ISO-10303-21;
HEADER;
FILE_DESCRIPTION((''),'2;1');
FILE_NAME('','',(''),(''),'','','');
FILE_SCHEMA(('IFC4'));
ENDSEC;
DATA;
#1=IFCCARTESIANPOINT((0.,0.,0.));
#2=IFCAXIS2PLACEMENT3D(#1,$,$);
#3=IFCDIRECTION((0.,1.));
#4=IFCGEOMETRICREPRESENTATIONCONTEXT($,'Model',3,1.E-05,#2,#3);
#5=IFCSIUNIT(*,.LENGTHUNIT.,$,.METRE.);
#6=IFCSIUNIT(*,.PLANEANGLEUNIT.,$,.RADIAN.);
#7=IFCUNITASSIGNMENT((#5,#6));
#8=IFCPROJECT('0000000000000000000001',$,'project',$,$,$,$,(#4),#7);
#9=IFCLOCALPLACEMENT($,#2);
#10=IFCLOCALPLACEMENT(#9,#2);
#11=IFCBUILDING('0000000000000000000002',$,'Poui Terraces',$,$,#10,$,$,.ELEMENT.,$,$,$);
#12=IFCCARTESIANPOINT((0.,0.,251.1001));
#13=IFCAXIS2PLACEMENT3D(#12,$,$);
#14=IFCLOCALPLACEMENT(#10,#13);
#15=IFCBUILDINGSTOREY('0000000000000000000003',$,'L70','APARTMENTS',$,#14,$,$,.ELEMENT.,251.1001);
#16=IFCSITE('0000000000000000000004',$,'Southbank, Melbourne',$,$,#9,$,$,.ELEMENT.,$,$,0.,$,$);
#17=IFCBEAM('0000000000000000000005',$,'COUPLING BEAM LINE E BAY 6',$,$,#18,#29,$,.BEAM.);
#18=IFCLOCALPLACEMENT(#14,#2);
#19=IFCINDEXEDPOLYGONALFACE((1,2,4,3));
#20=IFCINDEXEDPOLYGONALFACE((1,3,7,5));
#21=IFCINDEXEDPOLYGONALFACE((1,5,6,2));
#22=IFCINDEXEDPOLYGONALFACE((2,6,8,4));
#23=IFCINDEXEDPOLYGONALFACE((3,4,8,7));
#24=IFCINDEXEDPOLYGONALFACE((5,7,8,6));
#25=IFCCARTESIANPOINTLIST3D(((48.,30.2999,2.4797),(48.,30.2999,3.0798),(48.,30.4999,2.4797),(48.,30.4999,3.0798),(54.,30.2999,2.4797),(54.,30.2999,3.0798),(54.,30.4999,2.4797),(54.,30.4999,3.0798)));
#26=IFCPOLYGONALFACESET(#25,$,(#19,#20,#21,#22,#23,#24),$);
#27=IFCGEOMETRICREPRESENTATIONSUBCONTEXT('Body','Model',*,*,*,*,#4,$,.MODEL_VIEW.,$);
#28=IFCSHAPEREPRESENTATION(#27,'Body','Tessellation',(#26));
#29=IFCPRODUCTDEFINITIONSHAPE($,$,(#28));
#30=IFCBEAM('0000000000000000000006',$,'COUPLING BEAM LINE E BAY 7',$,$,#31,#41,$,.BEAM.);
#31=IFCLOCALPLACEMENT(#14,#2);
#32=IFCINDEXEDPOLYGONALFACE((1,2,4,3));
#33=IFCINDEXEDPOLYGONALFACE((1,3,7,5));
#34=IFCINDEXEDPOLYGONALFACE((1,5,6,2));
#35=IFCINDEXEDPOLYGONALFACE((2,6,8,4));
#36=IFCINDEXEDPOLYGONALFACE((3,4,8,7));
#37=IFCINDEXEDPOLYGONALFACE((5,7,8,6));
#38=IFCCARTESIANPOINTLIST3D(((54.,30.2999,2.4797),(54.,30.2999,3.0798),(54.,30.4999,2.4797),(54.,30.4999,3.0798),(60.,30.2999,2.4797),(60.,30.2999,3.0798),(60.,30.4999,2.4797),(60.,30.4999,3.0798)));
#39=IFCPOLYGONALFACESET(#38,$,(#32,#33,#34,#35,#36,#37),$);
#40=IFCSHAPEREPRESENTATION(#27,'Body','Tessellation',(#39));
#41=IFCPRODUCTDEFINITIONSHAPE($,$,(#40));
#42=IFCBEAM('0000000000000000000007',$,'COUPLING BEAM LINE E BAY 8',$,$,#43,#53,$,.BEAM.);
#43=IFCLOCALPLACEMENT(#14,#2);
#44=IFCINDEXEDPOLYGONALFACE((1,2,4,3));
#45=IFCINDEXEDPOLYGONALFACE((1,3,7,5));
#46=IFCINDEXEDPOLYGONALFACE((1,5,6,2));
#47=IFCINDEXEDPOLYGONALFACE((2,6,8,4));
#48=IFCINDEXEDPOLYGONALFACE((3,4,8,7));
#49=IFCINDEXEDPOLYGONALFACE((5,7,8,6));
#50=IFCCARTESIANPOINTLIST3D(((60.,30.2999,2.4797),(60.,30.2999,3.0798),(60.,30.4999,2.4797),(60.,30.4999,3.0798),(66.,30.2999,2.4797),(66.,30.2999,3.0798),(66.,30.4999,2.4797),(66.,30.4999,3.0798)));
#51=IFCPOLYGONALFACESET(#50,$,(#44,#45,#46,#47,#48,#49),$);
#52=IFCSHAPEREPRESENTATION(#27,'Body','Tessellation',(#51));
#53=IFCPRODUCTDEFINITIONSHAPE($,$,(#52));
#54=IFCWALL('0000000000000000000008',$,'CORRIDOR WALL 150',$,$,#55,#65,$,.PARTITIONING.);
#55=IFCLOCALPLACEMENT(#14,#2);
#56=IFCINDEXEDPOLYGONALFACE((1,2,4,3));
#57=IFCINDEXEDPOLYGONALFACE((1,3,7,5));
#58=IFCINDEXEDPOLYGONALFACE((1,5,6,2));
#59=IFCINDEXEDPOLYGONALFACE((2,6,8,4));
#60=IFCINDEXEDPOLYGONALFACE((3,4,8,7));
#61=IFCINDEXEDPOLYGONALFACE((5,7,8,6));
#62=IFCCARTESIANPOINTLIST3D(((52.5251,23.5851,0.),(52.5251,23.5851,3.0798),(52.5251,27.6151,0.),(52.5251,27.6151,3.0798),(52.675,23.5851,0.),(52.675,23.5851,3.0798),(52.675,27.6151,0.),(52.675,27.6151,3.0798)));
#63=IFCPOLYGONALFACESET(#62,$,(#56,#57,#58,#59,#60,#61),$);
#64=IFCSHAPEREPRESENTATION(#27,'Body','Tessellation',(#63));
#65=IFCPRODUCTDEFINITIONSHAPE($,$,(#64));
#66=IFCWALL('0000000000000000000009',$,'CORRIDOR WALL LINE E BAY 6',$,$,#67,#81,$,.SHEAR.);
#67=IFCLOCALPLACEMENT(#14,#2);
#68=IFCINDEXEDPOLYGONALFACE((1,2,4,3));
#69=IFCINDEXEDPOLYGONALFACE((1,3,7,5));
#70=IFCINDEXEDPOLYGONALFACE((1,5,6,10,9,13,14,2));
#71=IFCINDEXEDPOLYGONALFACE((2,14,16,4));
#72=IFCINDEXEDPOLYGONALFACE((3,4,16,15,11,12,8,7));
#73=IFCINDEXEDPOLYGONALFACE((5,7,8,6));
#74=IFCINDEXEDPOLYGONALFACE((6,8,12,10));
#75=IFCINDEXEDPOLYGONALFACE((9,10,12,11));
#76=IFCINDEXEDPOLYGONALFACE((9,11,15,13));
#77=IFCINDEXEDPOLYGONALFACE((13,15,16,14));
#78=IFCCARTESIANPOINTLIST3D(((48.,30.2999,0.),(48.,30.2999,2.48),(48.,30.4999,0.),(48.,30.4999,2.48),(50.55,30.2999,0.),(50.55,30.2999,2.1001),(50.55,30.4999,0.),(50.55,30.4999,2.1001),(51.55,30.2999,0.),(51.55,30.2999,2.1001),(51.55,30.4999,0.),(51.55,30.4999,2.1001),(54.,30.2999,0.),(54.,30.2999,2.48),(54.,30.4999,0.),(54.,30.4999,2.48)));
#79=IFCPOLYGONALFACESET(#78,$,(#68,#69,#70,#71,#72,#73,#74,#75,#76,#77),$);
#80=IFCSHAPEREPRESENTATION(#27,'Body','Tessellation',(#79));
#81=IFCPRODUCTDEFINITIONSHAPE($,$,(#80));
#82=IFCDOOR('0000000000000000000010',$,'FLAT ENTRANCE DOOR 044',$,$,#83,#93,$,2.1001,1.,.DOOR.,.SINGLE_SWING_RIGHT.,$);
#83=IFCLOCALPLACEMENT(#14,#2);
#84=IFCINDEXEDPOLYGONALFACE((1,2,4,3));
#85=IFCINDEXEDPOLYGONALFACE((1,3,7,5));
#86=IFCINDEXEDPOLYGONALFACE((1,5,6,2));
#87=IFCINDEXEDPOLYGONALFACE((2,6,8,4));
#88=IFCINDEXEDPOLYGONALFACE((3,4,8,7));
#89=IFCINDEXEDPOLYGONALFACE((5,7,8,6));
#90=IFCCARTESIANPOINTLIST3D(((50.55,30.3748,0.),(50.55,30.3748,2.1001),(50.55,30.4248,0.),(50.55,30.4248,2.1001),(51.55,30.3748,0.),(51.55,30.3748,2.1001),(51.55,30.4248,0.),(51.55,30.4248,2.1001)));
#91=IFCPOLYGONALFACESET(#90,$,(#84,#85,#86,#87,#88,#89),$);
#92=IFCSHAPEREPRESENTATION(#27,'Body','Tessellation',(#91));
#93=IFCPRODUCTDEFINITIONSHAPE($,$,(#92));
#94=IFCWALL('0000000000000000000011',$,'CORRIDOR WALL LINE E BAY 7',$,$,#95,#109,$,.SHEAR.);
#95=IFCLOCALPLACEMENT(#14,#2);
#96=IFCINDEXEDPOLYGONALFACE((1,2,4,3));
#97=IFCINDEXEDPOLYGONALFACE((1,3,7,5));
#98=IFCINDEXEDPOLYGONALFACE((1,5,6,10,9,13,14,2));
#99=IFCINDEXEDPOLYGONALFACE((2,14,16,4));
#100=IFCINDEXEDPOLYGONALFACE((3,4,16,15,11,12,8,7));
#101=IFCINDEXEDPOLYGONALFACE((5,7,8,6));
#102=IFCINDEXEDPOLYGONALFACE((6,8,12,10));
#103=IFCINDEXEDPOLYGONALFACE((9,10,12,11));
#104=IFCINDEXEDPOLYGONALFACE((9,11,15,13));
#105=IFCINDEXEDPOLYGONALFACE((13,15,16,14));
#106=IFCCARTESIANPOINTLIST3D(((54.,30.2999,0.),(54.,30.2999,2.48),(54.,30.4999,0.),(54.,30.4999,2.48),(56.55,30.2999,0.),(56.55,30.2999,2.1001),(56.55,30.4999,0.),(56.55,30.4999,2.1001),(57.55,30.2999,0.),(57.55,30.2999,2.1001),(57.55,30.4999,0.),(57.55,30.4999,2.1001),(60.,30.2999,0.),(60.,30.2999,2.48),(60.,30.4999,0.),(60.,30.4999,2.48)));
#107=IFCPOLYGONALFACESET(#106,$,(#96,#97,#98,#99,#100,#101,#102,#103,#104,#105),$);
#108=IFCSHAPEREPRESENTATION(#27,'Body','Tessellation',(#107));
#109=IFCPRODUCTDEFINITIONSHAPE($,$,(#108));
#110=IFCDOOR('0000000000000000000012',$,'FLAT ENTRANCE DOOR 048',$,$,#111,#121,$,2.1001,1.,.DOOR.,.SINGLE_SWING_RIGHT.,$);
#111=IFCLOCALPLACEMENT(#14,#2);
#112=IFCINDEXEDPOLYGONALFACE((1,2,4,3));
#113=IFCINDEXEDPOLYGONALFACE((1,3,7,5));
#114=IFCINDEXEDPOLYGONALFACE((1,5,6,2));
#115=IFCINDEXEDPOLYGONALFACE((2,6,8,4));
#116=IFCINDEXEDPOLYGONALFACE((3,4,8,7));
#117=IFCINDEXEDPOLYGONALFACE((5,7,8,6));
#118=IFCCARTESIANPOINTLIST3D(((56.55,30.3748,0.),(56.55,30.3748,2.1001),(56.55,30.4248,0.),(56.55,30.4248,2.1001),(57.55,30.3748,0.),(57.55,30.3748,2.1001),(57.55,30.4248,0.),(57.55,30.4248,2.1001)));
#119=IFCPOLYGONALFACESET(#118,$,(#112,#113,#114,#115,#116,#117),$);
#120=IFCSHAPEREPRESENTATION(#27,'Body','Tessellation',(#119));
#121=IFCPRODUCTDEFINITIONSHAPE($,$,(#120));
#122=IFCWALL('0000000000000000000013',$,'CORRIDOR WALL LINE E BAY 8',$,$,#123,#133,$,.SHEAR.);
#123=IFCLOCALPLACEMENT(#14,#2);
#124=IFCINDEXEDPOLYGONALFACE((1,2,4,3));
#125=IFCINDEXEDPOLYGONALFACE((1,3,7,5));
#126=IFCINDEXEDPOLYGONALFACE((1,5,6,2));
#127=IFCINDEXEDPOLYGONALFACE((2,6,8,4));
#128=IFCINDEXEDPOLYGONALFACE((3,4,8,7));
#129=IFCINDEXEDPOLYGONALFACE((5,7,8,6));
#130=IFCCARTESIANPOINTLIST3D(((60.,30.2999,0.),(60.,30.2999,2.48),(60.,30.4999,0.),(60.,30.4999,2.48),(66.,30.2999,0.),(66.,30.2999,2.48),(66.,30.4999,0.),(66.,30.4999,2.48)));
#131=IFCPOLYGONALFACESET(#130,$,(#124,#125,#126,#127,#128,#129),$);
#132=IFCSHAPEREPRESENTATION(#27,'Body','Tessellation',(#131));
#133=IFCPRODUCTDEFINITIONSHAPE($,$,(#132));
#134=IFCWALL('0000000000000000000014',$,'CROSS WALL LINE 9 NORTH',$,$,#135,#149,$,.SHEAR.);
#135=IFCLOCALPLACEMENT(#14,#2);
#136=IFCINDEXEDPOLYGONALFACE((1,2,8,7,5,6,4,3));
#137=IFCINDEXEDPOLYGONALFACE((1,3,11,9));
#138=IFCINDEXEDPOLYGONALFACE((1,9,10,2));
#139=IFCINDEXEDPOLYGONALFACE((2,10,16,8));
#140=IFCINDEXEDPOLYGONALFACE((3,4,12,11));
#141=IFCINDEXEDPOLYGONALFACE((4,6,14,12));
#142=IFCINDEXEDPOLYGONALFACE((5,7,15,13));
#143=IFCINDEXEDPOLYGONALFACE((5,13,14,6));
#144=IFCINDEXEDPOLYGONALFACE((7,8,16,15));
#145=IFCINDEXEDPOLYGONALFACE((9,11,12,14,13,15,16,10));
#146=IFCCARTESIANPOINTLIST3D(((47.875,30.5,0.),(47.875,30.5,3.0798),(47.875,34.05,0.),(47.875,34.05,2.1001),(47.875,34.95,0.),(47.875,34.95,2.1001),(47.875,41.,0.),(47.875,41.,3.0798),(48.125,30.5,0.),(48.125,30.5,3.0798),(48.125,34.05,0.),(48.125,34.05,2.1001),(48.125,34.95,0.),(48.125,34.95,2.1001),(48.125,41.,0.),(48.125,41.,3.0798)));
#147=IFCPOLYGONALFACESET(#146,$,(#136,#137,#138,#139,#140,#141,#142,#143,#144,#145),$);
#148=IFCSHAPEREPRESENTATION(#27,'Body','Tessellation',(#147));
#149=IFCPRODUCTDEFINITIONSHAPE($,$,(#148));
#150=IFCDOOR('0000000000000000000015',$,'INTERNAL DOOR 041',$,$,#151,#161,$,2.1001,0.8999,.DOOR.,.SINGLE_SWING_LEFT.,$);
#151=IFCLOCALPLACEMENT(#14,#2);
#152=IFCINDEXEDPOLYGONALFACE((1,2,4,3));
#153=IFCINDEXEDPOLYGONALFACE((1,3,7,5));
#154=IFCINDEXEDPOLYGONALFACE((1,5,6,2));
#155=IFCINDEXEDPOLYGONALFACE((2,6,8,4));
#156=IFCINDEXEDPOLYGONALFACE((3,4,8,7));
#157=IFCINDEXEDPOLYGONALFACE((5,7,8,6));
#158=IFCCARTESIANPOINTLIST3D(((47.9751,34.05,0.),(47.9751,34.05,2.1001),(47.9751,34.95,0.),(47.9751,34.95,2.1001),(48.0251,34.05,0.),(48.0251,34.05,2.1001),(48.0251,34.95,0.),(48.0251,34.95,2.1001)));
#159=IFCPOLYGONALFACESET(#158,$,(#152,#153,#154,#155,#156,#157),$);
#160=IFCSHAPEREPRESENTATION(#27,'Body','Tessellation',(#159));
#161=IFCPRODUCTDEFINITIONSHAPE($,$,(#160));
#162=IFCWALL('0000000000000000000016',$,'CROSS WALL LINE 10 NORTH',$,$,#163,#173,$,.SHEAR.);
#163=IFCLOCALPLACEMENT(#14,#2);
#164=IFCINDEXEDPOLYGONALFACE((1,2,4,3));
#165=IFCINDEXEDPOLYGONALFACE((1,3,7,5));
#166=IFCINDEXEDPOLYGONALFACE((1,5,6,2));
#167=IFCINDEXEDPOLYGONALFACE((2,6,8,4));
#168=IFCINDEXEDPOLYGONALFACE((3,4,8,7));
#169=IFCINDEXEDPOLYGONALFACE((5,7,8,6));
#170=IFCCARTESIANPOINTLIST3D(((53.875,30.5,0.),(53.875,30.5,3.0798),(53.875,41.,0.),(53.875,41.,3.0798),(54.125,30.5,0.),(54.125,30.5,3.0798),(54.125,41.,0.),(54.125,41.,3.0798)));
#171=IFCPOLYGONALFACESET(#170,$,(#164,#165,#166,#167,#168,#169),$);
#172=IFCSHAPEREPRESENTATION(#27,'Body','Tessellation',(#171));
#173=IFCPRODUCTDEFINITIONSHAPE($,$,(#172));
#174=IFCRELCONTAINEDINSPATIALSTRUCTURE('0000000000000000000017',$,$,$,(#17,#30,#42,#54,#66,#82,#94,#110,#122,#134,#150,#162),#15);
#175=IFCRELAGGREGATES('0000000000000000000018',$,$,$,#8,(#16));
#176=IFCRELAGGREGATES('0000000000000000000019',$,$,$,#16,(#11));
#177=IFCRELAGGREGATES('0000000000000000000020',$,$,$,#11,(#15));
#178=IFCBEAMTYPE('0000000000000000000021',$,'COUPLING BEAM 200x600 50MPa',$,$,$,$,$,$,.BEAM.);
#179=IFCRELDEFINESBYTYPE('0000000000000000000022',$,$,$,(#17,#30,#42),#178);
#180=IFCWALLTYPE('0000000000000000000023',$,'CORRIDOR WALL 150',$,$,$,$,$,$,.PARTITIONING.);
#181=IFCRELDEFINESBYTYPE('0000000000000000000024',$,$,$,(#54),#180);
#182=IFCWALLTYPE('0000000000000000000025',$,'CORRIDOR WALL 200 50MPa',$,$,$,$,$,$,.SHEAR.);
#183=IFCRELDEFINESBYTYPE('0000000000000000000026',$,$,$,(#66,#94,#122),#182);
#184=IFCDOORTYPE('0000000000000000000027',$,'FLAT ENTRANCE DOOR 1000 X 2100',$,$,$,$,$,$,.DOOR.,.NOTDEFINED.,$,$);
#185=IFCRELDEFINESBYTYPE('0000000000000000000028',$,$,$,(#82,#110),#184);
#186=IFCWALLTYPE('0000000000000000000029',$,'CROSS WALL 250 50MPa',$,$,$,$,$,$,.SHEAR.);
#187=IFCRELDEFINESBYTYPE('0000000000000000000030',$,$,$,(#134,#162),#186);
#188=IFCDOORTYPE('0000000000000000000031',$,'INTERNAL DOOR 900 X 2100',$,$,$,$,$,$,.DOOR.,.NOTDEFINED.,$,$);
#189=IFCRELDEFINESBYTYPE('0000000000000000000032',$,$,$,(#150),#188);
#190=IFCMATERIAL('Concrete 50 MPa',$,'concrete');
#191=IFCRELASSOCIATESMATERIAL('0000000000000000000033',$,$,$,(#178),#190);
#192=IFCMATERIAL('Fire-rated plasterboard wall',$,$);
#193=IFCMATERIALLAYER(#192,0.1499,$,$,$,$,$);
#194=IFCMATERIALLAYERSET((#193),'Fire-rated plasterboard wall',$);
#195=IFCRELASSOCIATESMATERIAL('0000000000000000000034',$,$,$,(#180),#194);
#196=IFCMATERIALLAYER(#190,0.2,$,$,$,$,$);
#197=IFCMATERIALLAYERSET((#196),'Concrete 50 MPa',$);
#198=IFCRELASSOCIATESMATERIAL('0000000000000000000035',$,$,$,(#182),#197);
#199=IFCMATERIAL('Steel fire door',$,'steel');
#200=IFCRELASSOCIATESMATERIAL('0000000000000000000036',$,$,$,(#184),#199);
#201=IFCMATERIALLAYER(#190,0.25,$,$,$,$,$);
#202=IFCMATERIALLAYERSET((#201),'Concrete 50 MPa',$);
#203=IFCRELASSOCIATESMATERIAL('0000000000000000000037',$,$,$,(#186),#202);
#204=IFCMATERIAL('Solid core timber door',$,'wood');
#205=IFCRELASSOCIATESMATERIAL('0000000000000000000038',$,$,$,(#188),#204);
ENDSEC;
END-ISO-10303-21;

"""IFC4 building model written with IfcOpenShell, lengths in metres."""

from ifc_helpers import new_model, si_unit, direction, frame, frame_2d, origin, origin_2d, place, context, subcontext, project, spatial, rectangle, extrude, source, transform, mapped, material, layer, layer_set, material_profile, profile_set, type_object, element, fill, save


model = new_model("IFC4")

# Units and contexts
model_context = context("Model", 3, precision=1e-05, world=origin(), true_north=direction((0.0, 1.0)))
body_context = subcontext(model_context, "Body", "Model", "MODEL_VIEW")
ifc_project = project(units=[si_unit("LENGTHUNIT", "METRE"), si_unit("PLANEANGLEUNIT", "RADIAN")], contexts=[model_context])

# Site, building, storey
site_placement = place(None, origin())
site = spatial("IfcSite", under=ifc_project, at=site_placement, Name="Southbank, Melbourne", CompositionType="ELEMENT", RefElevation=0.0)
building_placement = place(site_placement, origin())
building = spatial("IfcBuilding", under=site, at=building_placement, Name="Poui Terraces", CompositionType="ELEMENT")
storey_placement = place(building_placement, frame((0.0, 0.0, 251.1001)))
storey = spatial("IfcBuildingStorey", under=building, at=storey_placement, Name="L70", Description="APARTMENTS", CompositionType="ELEMENT", Elevation=251.1001)

# Beams
ifc_material_1 = material(Name="Concrete 50 MPa", Category="concrete")
ifc_material_profile = material_profile(ifc_material_1, rectangle(XDim=0.2, YDim=0.6001, at=origin_2d()), Name="RC 200x600")
ifc_profile_set = profile_set([ifc_material_profile], Name="Concrete 50 MPa")
beam_type = type_object("IfcBeamType", Name="COUPLING BEAM 200x600 50MPa", PredefinedType="BEAM", material=ifc_profile_set)
shared_shape = source(origin(), body_context, "Body", "SweptSolid", [
    extrude(rectangle(XDim=0.2, YDim=0.6001, at=origin_2d()), origin(), (0.0, 0.0, 1.0), 6.0),
])
for number, where, z_axis, x_axis, name in (
    (1, (48.0, 30.3999, 2.7798), (1.0, 0.0, 0.0), (0.0, 1.0, 0.0), "COUPLING BEAM LINE E BAY 6"),
    (2, (54.0, 30.3999, 2.7798), (1.0, 0.0, 0.0), (0.0, 1.0, 0.0), "COUPLING BEAM LINE E BAY 7"),
    (3, (60.0, 30.3999, 2.7798), (1.0, 0.0, 0.0), (0.0, 1.0, 0.0), "COUPLING BEAM LINE E BAY 8"),
):
    element("IfcBeam", number, at=place(storey_placement, frame(where, z_axis=z_axis, x_axis=x_axis)), inside=storey, type_object=beam_type, Name=name, PredefinedType="BEAM", context=body_context, shape_type="MappedRepresentation", body=[
        mapped(shared_shape, transform((0.0, 0.0, 0.0))),
    ])

# Wall
ifc_material_2 = material(Name="Fire-rated plasterboard wall")
ifc_layer_1 = layer(ifc_material_2, 0.1499)
ifc_layer_set_1 = layer_set([ifc_layer_1], Name="Fire-rated plasterboard wall")
wall_type_1 = type_object("IfcWallType", Name="CORRIDOR WALL 150", PredefinedType="PARTITIONING", material=ifc_layer_set_1)
wall_1_placement = place(storey_placement, frame((52.6001, 23.585, 0.0), z_axis=(0.0, 0.0, 1.0), x_axis=(0.0, 1.0, 0.0)))
element("IfcWall", 4, at=wall_1_placement, inside=storey, type_object=wall_type_1, Name="CORRIDOR WALL 150", PredefinedType="PARTITIONING", context=body_context, shape_type="SweptSolid", body=[
    extrude(rectangle(XDim=4.03, YDim=0.1499, at=frame_2d((2.0151, 0.0))), origin(), (0.0, 0.0, 1.0), 3.0798),
])

# Walls, openings, doors
ifc_layer_2 = layer(ifc_material_1, 0.2)
ifc_layer_set_2 = layer_set([ifc_layer_2], Name="Concrete 50 MPa")
wall_type_2 = type_object("IfcWallType", Name="CORRIDOR WALL 200 50MPa", PredefinedType="SHEAR", material=ifc_layer_set_2)
wall_2_placement = place(storey_placement, frame((48.0, 30.3999, 0.0), z_axis=(0.0, 0.0, 1.0), x_axis=(1.0, 0.0, 0.0)))
wall_2 = element("IfcWall", 5, at=wall_2_placement, inside=storey, type_object=wall_type_2, Name="CORRIDOR WALL LINE E BAY 6", PredefinedType="SHEAR", context=body_context, shape_type="SweptSolid", body=[
    extrude(rectangle(XDim=6.0, YDim=0.2, at=frame_2d((3.0, 0.0))), origin(), (0.0, 0.0, 1.0), 2.48),
])
opening_1_placement = place(wall_2_placement, frame((2.55, 0.0, 0.0)))
opening_1 = element("IfcOpeningElement", 6, at=opening_1_placement, cuts=wall_2, PredefinedType="OPENING", context=body_context, shape_type="SweptSolid", body=[
    extrude(rectangle(XDim=1.0, YDim=2.1001, at=frame_2d((0.5, 1.05))), frame((0.0, 0.1099, 0.0), z_axis=(0.0, -1.0, 0.0), x_axis=(1.0, 0.0, 0.0)), (0.0, 0.0, 1.0), 0.22),
])
ifc_material_3 = material(Name="Steel fire door", Category="steel")
door_type_1 = type_object("IfcDoorType", Name="FLAT ENTRANCE DOOR 1000 X 2100", OperationType="NOTDEFINED", PredefinedType="DOOR", material=ifc_material_3)
door_1_placement = place(opening_1_placement, origin())
door_1 = element("IfcDoor", 7, at=door_1_placement, inside=storey, type_object=door_type_1, Name="FLAT ENTRANCE DOOR 044", OperationType="SINGLE_SWING_RIGHT", OverallHeight=2.1001, OverallWidth=1.0, PredefinedType="DOOR", context=body_context, shape_type="SweptSolid", body=[
    extrude(rectangle(XDim=1.0, YDim=2.1001, at=frame_2d((0.5, 1.05))), frame((0.0, 0.0249, 0.0), z_axis=(0.0, -1.0, 0.0), x_axis=(1.0, 0.0, 0.0)), (0.0, 0.0, 1.0), 0.05),
])
fill(opening_1, door_1)
wall_3_placement = place(storey_placement, frame((54.0, 30.3999, 0.0), z_axis=(0.0, 0.0, 1.0), x_axis=(1.0, 0.0, 0.0)))
wall_3 = element("IfcWall", 8, at=wall_3_placement, inside=storey, type_object=wall_type_2, Name="CORRIDOR WALL LINE E BAY 7", PredefinedType="SHEAR", context=body_context, shape_type="SweptSolid", body=[
    extrude(rectangle(XDim=6.0, YDim=0.2, at=frame_2d((3.0, 0.0))), origin(), (0.0, 0.0, 1.0), 2.48),
])
opening_2_placement = place(wall_3_placement, frame((2.55, 0.0, 0.0)))
opening_2 = element("IfcOpeningElement", 9, at=opening_2_placement, cuts=wall_3, PredefinedType="OPENING", context=body_context, shape_type="SweptSolid", body=[
    extrude(rectangle(XDim=1.0, YDim=2.1001, at=frame_2d((0.5, 1.05))), frame((0.0, 0.1099, 0.0), z_axis=(0.0, -1.0, 0.0), x_axis=(1.0, 0.0, 0.0)), (0.0, 0.0, 1.0), 0.22),
])
door_2_placement = place(opening_2_placement, origin())
door_2 = element("IfcDoor", 10, at=door_2_placement, inside=storey, type_object=door_type_1, Name="FLAT ENTRANCE DOOR 048", OperationType="SINGLE_SWING_RIGHT", OverallHeight=2.1001, OverallWidth=1.0, PredefinedType="DOOR", context=body_context, shape_type="SweptSolid", body=[
    extrude(rectangle(XDim=1.0, YDim=2.1001, at=frame_2d((0.5, 1.05))), frame((0.0, 0.0249, 0.0), z_axis=(0.0, -1.0, 0.0), x_axis=(1.0, 0.0, 0.0)), (0.0, 0.0, 1.0), 0.05),
])
fill(opening_2, door_2)

# Wall
wall_4_placement = place(storey_placement, frame((60.0, 30.3999, 0.0), z_axis=(0.0, 0.0, 1.0), x_axis=(1.0, 0.0, 0.0)))
element("IfcWall", 11, at=wall_4_placement, inside=storey, type_object=wall_type_2, Name="CORRIDOR WALL LINE E BAY 8", PredefinedType="SHEAR", context=body_context, shape_type="SweptSolid", body=[
    extrude(rectangle(XDim=6.0, YDim=0.2, at=frame_2d((3.0, 0.0))), origin(), (0.0, 0.0, 1.0), 2.48),
])

# Wall, opening, door
ifc_layer_3 = layer(ifc_material_1, 0.25)
ifc_layer_set_3 = layer_set([ifc_layer_3], Name="Concrete 50 MPa")
wall_type_3 = type_object("IfcWallType", Name="CROSS WALL 250 50MPa", PredefinedType="SHEAR", material=ifc_layer_set_3)
wall_5_placement = place(storey_placement, frame((48.0, 30.5, 0.0), z_axis=(0.0, 0.0, 1.0), x_axis=(0.0, 1.0, 0.0)))
wall_5 = element("IfcWall", 12, at=wall_5_placement, inside=storey, type_object=wall_type_3, Name="CROSS WALL LINE 9 NORTH", PredefinedType="SHEAR", context=body_context, shape_type="SweptSolid", body=[
    extrude(rectangle(XDim=10.5, YDim=0.25, at=frame_2d((5.25, 0.0))), origin(), (0.0, 0.0, 1.0), 3.0798),
])
opening_3_placement = place(wall_5_placement, frame((3.55, 0.0, 0.0)))
opening_3 = element("IfcOpeningElement", 13, at=opening_3_placement, cuts=wall_5, PredefinedType="OPENING", context=body_context, shape_type="SweptSolid", body=[
    extrude(rectangle(XDim=0.8999, YDim=2.1001, at=frame_2d((0.45, 1.05))), frame((0.0, 0.135, 0.0), z_axis=(0.0, -1.0, 0.0), x_axis=(1.0, 0.0, 0.0)), (0.0, 0.0, 1.0), 0.27),
])
ifc_material_4 = material(Name="Solid core timber door", Category="wood")
door_type_2 = type_object("IfcDoorType", Name="INTERNAL DOOR 900 X 2100", OperationType="NOTDEFINED", PredefinedType="DOOR", material=ifc_material_4)
door_3_placement = place(opening_3_placement, origin())
door_3 = element("IfcDoor", 14, at=door_3_placement, inside=storey, type_object=door_type_2, Name="INTERNAL DOOR 041", OperationType="SINGLE_SWING_LEFT", OverallHeight=2.1001, OverallWidth=0.8999, PredefinedType="DOOR", context=body_context, shape_type="SweptSolid", body=[
    extrude(rectangle(XDim=0.8999, YDim=2.1001, at=frame_2d((0.45, 1.05))), frame((0.0, 0.0249, 0.0), z_axis=(0.0, -1.0, 0.0), x_axis=(1.0, 0.0, 0.0)), (0.0, 0.0, 1.0), 0.05),
])
fill(opening_3, door_3)

# Wall
wall_6_placement = place(storey_placement, frame((54.0, 30.5, 0.0), z_axis=(0.0, 0.0, 1.0), x_axis=(0.0, 1.0, 0.0)))
element("IfcWall", 15, at=wall_6_placement, inside=storey, type_object=wall_type_3, Name="CROSS WALL LINE 10 NORTH", PredefinedType="SHEAR", context=body_context, shape_type="SweptSolid", body=[
    extrude(rectangle(XDim=10.5, YDim=0.25, at=frame_2d((5.25, 0.0))), origin(), (0.0, 0.0, 1.0), 3.0798),
])

save(model, "model.ifc")
